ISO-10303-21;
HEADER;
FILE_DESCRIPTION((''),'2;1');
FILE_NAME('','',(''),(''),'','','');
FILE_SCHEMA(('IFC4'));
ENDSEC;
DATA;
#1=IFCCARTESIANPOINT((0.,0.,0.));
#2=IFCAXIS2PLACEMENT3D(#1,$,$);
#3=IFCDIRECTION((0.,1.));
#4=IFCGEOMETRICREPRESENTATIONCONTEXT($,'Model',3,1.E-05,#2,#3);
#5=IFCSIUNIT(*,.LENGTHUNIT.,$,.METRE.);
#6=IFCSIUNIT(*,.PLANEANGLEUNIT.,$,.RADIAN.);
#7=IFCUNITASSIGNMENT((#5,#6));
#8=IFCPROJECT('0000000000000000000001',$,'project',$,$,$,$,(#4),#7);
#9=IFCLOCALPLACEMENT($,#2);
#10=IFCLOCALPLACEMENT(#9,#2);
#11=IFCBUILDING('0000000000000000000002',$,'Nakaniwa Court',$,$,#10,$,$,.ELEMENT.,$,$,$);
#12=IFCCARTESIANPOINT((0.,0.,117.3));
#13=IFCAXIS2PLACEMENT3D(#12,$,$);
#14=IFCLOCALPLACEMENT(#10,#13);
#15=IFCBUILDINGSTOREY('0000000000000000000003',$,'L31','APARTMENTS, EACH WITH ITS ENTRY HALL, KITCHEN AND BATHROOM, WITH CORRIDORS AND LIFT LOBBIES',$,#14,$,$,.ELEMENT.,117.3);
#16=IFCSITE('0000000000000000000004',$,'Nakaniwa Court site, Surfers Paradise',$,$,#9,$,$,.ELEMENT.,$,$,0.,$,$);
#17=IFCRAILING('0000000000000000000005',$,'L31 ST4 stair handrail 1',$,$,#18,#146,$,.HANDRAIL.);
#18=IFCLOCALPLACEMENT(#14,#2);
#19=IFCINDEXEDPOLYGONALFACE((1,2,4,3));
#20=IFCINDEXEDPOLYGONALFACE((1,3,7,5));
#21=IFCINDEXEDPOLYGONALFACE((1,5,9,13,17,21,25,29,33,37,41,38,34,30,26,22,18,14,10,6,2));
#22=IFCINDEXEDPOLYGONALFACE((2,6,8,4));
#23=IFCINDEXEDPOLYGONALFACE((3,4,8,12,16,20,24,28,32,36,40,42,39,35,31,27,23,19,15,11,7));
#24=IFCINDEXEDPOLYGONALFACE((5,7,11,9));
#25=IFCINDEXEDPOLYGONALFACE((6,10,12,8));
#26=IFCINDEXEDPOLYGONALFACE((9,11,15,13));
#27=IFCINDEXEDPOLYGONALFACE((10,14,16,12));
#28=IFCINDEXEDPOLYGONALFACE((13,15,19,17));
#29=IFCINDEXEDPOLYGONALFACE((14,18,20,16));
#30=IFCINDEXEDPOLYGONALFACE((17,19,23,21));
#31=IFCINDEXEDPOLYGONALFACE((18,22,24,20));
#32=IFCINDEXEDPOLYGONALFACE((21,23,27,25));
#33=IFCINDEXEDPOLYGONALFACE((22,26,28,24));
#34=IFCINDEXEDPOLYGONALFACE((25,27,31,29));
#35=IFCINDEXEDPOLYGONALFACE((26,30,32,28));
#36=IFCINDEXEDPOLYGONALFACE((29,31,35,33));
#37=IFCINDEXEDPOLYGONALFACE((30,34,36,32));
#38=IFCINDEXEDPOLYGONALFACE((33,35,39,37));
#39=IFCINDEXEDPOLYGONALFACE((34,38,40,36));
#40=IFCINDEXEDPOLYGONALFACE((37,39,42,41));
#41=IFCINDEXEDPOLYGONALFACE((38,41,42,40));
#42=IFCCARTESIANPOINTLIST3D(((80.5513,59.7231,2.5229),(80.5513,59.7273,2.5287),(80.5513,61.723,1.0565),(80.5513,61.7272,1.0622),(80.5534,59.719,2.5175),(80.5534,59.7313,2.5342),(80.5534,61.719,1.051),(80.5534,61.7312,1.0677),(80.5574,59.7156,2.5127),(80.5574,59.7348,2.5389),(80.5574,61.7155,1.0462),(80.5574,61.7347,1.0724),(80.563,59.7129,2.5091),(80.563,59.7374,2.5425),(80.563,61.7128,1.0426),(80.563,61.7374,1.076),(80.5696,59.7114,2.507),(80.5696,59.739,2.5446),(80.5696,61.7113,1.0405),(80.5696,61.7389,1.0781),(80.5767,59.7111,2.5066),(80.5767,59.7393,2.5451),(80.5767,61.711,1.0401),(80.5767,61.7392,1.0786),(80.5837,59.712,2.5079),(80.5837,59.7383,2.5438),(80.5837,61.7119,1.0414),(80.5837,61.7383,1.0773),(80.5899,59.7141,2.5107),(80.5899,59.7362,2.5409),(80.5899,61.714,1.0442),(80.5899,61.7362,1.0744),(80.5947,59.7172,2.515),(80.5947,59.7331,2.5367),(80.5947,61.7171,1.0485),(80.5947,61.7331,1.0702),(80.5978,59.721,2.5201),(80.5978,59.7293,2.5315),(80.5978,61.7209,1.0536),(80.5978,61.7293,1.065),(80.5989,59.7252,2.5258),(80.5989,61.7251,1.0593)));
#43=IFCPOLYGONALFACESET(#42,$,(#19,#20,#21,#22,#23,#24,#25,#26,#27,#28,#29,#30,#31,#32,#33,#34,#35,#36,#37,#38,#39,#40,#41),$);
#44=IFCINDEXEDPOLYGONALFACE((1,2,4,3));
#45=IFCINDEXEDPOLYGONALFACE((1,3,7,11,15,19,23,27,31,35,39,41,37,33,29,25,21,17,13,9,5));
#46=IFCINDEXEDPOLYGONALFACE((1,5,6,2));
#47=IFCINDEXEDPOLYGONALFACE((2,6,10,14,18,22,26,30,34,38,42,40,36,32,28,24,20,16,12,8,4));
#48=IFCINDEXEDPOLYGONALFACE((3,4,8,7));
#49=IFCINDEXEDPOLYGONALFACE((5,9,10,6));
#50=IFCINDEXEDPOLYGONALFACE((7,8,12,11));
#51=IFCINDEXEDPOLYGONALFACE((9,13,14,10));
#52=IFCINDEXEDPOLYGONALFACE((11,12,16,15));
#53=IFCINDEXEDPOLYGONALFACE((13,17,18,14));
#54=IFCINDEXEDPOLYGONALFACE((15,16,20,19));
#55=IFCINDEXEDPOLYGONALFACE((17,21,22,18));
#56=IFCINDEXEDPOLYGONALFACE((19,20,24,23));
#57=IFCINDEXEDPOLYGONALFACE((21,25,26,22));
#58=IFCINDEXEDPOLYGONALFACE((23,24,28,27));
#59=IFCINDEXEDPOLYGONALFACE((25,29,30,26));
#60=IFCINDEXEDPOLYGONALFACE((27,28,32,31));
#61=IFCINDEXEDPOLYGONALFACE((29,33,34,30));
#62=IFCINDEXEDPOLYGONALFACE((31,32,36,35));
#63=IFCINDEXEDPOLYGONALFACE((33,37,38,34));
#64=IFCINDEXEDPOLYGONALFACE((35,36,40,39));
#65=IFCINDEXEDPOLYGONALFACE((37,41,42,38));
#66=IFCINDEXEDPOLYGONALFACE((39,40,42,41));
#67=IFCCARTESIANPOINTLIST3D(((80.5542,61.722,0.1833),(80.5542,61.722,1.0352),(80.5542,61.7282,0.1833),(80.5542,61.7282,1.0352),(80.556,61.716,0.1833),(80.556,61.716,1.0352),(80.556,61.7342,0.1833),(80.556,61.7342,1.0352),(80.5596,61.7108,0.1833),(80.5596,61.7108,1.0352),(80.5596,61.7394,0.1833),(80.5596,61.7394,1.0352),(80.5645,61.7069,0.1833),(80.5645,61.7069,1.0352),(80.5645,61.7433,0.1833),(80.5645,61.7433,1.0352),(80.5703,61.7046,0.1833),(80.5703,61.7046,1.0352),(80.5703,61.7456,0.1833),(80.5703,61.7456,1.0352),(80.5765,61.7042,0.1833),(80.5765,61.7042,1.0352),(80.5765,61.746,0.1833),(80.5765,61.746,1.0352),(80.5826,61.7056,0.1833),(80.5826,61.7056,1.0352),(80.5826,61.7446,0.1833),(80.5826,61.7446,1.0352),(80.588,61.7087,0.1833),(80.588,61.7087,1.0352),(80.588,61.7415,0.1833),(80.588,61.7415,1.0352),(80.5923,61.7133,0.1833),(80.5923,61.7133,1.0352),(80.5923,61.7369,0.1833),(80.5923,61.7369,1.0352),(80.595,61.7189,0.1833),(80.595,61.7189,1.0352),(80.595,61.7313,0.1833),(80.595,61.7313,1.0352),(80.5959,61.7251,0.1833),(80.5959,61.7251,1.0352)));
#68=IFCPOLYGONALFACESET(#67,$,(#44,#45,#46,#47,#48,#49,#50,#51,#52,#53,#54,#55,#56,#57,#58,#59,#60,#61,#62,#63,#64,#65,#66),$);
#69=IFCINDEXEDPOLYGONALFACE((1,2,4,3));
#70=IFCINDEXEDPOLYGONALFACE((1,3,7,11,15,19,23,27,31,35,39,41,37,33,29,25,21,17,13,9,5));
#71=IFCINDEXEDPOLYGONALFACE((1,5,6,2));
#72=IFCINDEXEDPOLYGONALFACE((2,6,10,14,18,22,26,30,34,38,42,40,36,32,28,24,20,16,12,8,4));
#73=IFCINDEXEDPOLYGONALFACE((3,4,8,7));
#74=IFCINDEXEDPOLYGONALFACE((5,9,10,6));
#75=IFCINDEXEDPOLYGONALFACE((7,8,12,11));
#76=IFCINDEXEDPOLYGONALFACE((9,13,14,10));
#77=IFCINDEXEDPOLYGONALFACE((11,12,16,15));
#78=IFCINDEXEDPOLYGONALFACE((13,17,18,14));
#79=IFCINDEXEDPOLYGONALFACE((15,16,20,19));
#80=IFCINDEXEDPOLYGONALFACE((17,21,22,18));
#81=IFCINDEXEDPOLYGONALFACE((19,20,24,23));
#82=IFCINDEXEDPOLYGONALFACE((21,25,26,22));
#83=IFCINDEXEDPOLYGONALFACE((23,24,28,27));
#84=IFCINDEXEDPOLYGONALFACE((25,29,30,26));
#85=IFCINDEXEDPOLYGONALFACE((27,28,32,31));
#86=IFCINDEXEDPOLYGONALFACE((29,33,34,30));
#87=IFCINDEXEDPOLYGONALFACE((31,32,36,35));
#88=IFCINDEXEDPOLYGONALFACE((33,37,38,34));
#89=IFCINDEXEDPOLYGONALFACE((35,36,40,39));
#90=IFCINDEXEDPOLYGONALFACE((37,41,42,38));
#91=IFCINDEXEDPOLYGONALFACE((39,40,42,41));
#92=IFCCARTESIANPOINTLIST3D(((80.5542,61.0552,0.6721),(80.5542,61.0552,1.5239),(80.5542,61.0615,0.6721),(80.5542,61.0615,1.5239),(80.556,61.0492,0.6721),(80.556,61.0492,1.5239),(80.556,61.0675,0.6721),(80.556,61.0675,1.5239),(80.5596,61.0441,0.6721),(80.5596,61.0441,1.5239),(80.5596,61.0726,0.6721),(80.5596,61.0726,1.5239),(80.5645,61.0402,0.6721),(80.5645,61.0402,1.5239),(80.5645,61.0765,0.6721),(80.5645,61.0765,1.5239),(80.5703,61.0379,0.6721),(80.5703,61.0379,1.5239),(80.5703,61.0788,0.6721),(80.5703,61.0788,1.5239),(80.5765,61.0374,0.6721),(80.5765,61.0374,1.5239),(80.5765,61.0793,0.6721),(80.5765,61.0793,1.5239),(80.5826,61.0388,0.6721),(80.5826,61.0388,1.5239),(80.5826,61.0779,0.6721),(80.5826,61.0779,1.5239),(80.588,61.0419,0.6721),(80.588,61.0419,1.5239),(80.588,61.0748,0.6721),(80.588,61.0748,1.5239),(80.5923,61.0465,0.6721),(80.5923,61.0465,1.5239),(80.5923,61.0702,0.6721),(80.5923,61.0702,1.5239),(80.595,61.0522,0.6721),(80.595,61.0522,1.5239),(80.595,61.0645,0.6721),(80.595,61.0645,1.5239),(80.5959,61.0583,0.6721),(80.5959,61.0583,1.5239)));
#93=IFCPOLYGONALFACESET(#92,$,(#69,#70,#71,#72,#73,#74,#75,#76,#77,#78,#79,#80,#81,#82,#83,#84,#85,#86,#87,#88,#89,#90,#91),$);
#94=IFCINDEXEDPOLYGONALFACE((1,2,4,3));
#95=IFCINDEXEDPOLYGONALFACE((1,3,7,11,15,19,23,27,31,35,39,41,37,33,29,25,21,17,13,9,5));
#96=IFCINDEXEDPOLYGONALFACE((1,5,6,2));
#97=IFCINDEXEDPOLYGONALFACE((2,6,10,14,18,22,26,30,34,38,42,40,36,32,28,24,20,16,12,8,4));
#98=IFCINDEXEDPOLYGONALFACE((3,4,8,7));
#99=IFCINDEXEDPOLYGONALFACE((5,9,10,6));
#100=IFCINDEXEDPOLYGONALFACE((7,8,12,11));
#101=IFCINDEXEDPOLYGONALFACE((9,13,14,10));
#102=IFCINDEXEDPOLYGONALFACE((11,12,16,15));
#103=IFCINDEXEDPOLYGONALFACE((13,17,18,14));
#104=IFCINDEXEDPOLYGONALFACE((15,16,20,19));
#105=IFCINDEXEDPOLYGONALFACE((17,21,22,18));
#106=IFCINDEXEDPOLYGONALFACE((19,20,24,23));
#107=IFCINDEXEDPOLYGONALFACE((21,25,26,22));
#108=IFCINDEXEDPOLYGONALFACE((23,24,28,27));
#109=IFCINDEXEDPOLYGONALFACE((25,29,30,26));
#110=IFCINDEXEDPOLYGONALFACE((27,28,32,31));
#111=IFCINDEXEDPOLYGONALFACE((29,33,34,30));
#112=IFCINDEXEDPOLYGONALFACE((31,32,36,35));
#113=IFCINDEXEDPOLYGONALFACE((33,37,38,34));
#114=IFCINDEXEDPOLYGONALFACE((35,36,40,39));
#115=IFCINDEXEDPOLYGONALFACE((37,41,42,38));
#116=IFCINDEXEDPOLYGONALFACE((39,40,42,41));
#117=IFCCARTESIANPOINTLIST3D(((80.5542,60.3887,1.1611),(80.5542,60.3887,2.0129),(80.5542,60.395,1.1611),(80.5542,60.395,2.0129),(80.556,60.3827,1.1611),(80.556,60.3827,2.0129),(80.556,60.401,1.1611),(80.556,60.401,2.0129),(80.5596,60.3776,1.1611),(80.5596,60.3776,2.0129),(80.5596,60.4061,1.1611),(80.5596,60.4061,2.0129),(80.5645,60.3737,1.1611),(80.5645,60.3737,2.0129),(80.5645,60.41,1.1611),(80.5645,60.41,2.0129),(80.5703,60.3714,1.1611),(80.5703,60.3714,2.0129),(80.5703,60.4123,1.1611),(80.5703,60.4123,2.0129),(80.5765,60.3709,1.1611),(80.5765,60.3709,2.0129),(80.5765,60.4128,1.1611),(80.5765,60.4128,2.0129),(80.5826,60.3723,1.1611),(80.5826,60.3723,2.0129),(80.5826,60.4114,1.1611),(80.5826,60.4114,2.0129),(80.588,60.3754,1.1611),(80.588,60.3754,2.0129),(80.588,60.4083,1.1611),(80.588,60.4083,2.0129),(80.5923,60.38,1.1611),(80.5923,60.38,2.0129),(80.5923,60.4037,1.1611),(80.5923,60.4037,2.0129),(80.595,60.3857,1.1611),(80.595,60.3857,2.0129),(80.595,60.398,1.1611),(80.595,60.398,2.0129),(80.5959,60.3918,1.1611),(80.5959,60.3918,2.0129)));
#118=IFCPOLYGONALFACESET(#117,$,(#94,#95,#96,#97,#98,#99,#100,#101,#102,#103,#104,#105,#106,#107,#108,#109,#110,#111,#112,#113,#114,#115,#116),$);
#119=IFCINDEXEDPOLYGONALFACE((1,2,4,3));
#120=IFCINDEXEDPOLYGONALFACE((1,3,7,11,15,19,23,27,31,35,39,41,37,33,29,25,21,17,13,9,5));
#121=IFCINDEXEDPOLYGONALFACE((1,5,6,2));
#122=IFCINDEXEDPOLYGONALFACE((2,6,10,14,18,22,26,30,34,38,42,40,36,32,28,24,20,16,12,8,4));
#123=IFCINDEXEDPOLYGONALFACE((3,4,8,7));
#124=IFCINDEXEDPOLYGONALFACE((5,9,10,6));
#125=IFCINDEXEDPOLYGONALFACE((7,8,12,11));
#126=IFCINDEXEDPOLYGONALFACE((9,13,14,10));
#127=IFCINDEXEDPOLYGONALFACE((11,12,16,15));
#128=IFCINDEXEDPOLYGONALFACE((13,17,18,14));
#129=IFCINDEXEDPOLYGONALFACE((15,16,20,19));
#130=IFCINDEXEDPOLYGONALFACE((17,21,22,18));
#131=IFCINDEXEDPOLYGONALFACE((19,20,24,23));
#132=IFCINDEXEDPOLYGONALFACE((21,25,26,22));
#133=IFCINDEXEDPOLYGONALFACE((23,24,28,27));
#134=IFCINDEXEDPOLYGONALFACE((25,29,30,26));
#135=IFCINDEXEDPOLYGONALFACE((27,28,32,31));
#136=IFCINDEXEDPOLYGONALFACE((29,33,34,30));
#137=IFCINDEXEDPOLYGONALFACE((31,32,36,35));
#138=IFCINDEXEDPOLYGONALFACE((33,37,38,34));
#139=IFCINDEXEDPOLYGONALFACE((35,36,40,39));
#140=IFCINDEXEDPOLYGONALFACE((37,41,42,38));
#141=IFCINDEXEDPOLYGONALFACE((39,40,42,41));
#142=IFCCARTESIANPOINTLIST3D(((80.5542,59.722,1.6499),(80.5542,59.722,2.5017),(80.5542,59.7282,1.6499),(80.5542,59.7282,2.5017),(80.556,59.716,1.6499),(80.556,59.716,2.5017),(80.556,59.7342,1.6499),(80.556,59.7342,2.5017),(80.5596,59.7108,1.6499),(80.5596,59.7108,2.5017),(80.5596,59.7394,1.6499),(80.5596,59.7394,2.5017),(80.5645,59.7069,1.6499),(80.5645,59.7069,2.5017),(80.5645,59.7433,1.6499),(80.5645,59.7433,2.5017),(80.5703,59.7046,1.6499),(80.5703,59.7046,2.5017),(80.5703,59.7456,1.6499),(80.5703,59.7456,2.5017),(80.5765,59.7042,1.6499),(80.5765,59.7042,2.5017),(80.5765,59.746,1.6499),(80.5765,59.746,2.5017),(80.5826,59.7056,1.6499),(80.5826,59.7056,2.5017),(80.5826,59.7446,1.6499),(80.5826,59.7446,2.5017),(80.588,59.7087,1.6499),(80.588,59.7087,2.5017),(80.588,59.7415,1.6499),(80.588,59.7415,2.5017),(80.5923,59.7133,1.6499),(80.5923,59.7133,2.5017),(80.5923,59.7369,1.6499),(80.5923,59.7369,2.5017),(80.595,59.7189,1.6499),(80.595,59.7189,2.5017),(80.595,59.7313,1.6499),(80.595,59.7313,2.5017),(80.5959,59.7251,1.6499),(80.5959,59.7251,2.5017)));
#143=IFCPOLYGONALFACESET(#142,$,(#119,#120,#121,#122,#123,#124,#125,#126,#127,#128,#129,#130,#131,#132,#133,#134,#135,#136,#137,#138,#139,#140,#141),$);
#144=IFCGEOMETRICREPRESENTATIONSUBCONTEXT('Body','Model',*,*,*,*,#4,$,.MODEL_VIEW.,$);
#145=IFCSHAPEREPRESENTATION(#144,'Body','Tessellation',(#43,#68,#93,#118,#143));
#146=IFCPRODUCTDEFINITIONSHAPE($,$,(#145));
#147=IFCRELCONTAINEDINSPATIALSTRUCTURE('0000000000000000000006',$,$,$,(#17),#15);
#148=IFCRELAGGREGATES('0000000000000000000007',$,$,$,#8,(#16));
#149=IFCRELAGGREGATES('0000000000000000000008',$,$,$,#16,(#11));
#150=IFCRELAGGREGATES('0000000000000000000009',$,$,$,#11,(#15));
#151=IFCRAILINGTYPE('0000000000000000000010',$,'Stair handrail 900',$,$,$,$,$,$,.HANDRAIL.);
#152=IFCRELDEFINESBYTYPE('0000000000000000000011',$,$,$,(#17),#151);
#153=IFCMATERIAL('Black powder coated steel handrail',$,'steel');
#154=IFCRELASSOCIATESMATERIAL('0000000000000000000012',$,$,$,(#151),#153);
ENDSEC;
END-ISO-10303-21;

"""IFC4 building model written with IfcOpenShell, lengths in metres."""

from ifc_helpers import new_model, si_unit, direction, frame, origin, origin_2d, place, context, subcontext, project, spatial, circle, extrude, material, type_object, element, save


model = new_model("IFC4")

# Units and contexts
model_context = context("Model", 3, precision=1e-05, world=origin(), true_north=direction((0.0, 1.0)))
body_context = subcontext(model_context, "Body", "Model", "MODEL_VIEW")
ifc_project = project(units=[si_unit("LENGTHUNIT", "METRE"), si_unit("PLANEANGLEUNIT", "RADIAN")], contexts=[model_context])

# Site, building, storey
site_placement = place(None, origin())
site = spatial("IfcSite", under=ifc_project, at=site_placement, Name="Nakaniwa Court site, Surfers Paradise", CompositionType="ELEMENT", RefElevation=0.0)
building_placement = place(site_placement, origin())
building = spatial("IfcBuilding", under=site, at=building_placement, Name="Nakaniwa Court", CompositionType="ELEMENT")
storey_placement = place(building_placement, frame((0.0, 0.0, 117.3)))
storey = spatial("IfcBuildingStorey", under=building, at=storey_placement, Name="L31", Description="APARTMENTS, EACH WITH ITS ENTRY HALL, KITCHEN AND BATHROOM, WITH CORRIDORS AND LIFT LOBBIES", CompositionType="ELEMENT", Elevation=117.3)

# Railing
ifc_material_1 = material(Name="Black powder coated steel handrail", Category="steel")
railing_type_1 = type_object("IfcRailingType", Name="Stair handrail 900", PredefinedType="HANDRAIL", material=ifc_material_1)
railing_1_placement = place(storey_placement, frame((80.575, 61.7251, 0.1833)))
element("IfcRailing", 1, at=railing_1_placement, inside=storey, type_object=railing_type_1, Name="L31 ST4 stair handrail 1", PredefinedType="HANDRAIL", context=body_context, shape_type="SweptSolid", body=[
    extrude(circle(Radius=0.0239, at=origin_2d()), frame((0.0, 0.0, 0.876), z_axis=(0.0, -0.806427, 0.591334), x_axis=(1.0, 0.0, 0.0)), (0.0, 0.0, 1.0), 2.48),
    extrude(circle(Radius=0.021, at=origin_2d()), origin(), (0.0, 0.0, 1.0), 0.8518),
    extrude(circle(Radius=0.021, at=origin_2d()), frame((0.0, -0.6667, 0.4888)), (0.0, 0.0, 1.0), 0.8518),
    extrude(circle(Radius=0.021, at=origin_2d()), frame((0.0, -1.3333, 0.9778)), (0.0, 0.0, 1.0), 0.8518),
    extrude(circle(Radius=0.021, at=origin_2d()), frame((0.0, -2.0, 1.4666)), (0.0, 0.0, 1.0), 0.8518),
])

save(model, "model.ifc")
